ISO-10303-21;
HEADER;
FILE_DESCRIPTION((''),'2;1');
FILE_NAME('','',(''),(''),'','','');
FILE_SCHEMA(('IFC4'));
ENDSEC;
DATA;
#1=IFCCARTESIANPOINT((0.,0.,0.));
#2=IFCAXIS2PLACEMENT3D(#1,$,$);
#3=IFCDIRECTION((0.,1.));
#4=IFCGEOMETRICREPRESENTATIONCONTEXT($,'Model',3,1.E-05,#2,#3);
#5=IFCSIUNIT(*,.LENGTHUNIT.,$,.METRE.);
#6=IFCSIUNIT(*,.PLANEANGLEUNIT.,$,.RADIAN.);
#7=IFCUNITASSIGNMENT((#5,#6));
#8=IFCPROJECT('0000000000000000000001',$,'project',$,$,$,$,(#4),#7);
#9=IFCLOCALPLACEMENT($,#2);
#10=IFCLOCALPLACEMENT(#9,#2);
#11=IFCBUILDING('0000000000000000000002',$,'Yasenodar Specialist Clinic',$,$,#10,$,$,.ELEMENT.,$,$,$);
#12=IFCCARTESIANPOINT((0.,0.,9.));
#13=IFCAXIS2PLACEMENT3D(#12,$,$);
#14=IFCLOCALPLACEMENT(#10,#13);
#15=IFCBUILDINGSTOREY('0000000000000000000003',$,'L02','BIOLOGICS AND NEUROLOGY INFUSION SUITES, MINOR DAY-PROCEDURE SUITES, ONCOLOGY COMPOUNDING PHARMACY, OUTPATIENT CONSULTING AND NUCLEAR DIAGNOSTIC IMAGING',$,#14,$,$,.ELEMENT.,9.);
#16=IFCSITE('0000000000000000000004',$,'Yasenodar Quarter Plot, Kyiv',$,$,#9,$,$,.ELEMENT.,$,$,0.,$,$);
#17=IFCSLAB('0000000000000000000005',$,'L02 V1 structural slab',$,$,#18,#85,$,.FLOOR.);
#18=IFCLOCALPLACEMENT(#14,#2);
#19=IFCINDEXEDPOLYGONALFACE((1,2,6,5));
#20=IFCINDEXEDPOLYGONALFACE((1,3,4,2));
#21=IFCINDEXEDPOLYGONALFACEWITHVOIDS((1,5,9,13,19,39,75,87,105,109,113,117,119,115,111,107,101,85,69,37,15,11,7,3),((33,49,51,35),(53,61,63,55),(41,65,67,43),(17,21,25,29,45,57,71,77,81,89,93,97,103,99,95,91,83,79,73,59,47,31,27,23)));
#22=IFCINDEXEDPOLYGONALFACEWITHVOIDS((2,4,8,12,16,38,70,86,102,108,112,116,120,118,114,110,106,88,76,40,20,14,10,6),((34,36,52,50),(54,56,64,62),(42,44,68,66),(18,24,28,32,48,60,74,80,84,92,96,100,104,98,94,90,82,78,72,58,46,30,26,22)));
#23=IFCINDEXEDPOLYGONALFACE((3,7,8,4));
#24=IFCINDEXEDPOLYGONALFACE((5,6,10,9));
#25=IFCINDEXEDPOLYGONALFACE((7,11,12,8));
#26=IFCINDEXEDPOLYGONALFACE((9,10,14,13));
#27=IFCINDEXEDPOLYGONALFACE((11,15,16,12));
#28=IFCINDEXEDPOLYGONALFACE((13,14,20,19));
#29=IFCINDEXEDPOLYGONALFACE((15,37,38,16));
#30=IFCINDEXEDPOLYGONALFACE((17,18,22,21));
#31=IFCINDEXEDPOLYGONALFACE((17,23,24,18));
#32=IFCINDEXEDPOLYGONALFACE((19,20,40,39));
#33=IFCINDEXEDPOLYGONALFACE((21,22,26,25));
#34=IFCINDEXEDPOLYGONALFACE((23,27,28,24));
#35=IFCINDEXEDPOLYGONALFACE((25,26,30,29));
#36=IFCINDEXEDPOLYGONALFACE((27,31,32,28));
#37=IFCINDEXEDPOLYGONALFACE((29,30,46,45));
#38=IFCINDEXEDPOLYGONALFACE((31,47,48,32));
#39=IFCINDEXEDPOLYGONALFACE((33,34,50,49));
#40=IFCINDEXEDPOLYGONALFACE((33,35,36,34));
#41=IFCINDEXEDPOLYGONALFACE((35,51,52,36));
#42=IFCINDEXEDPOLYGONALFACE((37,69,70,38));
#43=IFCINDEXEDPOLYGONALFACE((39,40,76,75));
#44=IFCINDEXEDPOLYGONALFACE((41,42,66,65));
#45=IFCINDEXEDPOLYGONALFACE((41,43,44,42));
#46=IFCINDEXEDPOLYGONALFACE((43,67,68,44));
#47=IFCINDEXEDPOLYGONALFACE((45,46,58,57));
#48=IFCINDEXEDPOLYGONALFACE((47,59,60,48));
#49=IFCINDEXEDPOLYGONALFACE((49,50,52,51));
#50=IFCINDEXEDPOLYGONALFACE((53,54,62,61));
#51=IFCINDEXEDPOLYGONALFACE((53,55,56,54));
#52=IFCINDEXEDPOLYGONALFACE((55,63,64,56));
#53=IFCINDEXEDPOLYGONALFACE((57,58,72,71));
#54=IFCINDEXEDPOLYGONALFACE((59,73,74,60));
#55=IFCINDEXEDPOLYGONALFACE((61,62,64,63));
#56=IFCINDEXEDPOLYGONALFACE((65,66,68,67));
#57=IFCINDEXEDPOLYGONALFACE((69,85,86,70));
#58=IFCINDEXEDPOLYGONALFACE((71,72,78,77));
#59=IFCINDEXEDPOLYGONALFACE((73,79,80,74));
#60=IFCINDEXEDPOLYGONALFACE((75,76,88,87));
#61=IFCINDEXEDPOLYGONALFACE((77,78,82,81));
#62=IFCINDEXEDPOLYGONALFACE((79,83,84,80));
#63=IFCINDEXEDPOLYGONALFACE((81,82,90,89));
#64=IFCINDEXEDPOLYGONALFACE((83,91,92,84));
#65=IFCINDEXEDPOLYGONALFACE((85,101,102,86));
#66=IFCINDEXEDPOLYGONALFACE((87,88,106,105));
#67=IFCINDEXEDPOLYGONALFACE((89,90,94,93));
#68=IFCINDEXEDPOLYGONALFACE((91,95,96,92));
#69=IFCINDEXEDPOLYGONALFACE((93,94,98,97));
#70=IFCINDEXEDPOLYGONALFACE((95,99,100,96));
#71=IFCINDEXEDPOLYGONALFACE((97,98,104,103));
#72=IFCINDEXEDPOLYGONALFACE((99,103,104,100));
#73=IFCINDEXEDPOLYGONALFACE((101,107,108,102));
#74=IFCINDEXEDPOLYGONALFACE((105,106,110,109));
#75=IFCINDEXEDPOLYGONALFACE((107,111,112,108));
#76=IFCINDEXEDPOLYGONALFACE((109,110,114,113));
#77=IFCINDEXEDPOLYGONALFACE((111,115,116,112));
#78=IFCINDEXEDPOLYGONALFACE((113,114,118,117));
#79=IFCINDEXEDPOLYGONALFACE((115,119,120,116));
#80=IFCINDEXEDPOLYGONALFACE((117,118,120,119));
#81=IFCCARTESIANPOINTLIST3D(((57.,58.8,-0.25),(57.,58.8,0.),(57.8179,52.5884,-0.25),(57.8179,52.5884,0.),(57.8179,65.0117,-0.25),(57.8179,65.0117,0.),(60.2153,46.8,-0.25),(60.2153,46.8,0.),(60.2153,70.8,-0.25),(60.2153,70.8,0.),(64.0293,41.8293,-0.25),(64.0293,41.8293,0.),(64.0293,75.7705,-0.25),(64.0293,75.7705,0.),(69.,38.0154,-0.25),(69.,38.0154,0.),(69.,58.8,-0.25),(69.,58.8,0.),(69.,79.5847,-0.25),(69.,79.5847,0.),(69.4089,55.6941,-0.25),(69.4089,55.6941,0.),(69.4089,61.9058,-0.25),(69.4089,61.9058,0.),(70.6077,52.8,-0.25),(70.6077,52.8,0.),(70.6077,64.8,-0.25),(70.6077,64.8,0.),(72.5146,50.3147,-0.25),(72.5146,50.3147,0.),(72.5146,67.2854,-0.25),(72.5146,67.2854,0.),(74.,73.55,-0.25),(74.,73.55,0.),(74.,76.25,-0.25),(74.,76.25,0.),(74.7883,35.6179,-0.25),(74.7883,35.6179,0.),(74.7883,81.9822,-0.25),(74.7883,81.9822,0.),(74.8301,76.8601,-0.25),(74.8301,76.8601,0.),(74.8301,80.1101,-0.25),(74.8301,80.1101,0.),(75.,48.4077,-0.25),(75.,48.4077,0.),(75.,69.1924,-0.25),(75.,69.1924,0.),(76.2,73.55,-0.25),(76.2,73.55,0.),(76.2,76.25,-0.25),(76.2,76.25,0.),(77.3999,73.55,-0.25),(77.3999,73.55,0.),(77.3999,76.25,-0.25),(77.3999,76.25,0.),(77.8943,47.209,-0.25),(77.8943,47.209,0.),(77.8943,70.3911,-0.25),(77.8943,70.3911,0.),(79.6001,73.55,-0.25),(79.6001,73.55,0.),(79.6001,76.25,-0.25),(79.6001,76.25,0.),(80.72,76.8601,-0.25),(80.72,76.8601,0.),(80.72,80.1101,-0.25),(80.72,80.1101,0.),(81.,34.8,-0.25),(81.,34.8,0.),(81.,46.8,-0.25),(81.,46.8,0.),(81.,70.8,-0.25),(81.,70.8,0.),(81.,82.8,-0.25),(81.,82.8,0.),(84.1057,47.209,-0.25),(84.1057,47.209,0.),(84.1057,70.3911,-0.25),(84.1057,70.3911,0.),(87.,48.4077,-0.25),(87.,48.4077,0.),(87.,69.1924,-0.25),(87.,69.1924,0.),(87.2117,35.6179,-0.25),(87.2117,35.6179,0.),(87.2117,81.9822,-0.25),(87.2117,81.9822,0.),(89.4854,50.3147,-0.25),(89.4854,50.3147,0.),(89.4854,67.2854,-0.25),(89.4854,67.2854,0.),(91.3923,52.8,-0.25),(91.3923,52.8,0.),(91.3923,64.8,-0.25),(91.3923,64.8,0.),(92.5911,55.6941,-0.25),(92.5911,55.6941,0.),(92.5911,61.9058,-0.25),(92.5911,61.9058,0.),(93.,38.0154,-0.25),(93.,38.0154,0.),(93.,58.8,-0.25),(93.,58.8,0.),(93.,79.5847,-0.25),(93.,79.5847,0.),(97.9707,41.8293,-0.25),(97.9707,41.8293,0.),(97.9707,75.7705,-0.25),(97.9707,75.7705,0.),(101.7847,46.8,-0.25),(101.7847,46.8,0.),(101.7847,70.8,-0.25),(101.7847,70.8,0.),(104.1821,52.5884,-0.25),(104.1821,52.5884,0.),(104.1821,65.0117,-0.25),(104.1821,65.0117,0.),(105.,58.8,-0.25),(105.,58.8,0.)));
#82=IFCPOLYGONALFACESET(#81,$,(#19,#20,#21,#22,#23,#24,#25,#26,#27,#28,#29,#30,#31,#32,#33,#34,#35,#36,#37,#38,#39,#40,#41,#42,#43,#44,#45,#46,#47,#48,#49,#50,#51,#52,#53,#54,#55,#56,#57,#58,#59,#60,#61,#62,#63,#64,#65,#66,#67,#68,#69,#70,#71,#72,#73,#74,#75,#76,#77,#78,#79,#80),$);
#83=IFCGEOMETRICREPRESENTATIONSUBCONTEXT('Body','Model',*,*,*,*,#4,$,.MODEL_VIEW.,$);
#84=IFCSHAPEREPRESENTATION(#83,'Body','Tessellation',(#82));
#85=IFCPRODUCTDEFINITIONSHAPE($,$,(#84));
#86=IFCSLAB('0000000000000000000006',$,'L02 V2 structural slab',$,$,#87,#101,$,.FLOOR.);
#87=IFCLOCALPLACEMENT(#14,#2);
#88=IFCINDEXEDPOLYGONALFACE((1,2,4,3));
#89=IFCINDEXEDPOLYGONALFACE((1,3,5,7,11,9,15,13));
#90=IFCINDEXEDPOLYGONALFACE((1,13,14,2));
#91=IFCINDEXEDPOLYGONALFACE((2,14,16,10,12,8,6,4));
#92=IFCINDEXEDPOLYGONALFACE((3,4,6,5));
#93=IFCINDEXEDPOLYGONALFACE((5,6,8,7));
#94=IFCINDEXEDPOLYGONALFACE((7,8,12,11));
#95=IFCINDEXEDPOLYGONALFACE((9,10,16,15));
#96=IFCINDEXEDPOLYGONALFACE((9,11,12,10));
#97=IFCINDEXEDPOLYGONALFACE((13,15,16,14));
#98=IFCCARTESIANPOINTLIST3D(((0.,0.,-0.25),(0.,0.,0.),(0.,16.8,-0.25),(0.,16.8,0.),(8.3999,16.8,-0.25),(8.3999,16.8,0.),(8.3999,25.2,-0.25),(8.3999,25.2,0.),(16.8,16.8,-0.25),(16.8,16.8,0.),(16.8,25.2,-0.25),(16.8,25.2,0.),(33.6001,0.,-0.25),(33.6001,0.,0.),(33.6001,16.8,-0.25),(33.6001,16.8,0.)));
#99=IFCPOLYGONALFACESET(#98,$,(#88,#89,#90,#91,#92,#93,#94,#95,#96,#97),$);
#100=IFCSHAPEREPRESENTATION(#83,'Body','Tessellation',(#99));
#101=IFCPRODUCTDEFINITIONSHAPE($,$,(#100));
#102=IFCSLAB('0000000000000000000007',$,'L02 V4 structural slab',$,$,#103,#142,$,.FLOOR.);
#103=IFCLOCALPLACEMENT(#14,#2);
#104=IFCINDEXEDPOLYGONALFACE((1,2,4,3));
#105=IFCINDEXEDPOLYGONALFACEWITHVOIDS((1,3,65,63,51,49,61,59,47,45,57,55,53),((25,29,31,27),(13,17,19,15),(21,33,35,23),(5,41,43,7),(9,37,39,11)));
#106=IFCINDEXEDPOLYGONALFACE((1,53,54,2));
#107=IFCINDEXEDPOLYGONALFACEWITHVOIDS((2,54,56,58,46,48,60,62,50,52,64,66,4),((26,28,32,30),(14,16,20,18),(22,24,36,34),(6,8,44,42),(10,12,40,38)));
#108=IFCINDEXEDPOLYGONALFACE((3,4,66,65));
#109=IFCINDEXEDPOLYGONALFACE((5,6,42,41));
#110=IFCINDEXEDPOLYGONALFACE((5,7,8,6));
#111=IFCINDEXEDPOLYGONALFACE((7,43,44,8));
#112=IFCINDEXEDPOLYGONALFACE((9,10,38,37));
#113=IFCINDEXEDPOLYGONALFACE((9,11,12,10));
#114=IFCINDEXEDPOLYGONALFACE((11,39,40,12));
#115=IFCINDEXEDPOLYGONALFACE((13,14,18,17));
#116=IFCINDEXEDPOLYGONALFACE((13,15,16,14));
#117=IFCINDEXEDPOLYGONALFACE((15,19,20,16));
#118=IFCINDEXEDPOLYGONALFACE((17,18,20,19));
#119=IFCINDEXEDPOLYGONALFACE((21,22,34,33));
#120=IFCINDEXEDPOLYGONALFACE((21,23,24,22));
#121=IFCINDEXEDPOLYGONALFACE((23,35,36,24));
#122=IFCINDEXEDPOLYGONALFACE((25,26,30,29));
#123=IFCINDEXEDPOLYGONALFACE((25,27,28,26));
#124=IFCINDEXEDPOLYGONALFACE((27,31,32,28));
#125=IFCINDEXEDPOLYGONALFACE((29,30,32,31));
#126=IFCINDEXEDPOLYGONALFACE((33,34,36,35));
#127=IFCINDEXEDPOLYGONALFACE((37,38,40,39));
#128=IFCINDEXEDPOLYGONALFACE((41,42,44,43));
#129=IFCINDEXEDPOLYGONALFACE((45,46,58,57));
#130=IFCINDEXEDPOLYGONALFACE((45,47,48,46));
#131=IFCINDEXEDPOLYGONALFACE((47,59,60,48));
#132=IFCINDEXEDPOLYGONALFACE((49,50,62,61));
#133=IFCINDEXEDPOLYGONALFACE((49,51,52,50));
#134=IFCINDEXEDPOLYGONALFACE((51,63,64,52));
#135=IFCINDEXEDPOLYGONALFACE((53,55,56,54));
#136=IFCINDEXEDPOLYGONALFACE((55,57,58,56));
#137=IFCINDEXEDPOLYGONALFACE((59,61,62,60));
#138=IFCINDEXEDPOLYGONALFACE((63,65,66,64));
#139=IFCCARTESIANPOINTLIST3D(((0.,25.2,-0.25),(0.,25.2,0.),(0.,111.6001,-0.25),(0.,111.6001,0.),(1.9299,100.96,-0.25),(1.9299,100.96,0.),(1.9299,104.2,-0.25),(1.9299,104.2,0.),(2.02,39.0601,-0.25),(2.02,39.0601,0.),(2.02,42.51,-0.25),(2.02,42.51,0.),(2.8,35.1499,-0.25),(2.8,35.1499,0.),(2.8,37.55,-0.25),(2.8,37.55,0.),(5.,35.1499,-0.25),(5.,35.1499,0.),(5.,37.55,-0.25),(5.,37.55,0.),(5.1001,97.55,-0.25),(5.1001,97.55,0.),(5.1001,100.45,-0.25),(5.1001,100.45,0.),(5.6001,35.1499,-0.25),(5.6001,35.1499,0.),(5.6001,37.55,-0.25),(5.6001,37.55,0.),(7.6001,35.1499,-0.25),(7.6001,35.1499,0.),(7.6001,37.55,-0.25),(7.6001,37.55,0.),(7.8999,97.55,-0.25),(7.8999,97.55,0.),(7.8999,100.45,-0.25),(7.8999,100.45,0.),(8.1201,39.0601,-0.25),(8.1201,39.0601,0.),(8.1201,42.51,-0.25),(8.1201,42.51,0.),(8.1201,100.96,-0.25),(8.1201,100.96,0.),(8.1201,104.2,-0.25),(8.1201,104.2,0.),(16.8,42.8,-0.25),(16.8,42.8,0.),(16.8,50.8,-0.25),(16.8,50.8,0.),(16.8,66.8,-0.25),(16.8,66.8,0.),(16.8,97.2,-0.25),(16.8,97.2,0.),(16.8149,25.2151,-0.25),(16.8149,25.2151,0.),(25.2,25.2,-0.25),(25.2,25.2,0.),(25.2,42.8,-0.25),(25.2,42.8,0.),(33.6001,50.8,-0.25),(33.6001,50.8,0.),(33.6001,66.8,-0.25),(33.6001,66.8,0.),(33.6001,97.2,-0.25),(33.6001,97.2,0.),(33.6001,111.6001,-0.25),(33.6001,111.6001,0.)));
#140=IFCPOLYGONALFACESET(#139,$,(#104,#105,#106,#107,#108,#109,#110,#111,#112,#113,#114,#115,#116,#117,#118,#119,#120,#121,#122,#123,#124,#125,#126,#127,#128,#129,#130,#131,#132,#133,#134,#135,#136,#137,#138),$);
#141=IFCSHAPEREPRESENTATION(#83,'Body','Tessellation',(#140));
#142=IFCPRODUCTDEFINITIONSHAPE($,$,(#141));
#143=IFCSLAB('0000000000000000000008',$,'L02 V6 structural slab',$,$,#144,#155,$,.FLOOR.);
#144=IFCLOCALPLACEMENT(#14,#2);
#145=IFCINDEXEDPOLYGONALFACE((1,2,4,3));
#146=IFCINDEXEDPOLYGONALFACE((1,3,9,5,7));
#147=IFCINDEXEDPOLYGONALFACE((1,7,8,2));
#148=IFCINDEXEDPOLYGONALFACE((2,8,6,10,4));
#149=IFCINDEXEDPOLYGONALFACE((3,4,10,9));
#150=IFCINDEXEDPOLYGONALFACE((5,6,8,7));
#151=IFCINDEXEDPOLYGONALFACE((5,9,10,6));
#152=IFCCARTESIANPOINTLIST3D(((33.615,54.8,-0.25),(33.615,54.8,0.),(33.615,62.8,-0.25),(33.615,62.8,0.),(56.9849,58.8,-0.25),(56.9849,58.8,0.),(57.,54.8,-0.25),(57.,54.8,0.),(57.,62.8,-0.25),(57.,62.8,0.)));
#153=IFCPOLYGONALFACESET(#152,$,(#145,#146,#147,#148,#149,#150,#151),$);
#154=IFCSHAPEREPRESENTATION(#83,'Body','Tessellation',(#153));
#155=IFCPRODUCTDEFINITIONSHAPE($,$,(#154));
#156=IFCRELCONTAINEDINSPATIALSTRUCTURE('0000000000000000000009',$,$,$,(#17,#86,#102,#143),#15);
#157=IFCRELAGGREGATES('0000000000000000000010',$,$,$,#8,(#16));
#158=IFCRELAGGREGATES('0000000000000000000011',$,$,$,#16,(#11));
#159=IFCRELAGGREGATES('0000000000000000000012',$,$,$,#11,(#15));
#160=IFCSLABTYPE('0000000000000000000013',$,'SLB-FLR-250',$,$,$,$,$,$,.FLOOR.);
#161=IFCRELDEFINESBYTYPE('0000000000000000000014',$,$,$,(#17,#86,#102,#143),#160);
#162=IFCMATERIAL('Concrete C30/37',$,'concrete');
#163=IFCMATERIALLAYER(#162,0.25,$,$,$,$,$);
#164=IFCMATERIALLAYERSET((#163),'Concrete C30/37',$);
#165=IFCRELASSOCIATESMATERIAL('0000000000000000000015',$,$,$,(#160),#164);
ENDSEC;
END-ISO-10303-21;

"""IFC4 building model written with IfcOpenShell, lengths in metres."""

from ifc_helpers import new_model, si_unit, direction, frame, origin, place, context, subcontext, project, spatial, polyline, outline, extrude, material, layer, layer_set, type_object, element, save


model = new_model("IFC4")

# Units and contexts
model_context = context("Model", 3, precision=1e-05, world=origin(), true_north=direction((0.0, 1.0)))
body_context = subcontext(model_context, "Body", "Model", "MODEL_VIEW")
ifc_project = project(units=[si_unit("LENGTHUNIT", "METRE"), si_unit("PLANEANGLEUNIT", "RADIAN")], contexts=[model_context])

# Site, building, storey
site_placement = place(None, origin())
site = spatial("IfcSite", under=ifc_project, at=site_placement, Name="Yasenodar Quarter Plot, Kyiv", CompositionType="ELEMENT", RefElevation=0.0)
building_placement = place(site_placement, origin())
building = spatial("IfcBuilding", under=site, at=building_placement, Name="Yasenodar Specialist Clinic", CompositionType="ELEMENT")
storey_placement = place(building_placement, frame((0.0, 0.0, 9.0)))
storey = spatial("IfcBuildingStorey", under=building, at=storey_placement, Name="L02", Description="BIOLOGICS AND NEUROLOGY INFUSION SUITES, MINOR DAY-PROCEDURE SUITES, ONCOLOGY COMPOUNDING PHARMACY, OUTPATIENT CONSULTING AND NUCLEAR DIAGNOSTIC IMAGING", CompositionType="ELEMENT", Elevation=9.0)

# Slabs
ifc_material_1 = material(Name="Concrete C30/37", Category="concrete")
ifc_layer_1 = layer(ifc_material_1, 0.25)
ifc_layer_set_1 = layer_set([ifc_layer_1], Name="Concrete C30/37")
slab_type_1 = type_object("IfcSlabType", Name="SLB-FLR-250", PredefinedType="FLOOR", material=ifc_layer_set_1)
slab_1_placement = place(storey_placement, frame((0.0, 0.0, -0.25)))
element("IfcSlab", 1, at=slab_1_placement, inside=storey, type_object=slab_type_1, Name="L02 V1 structural slab", PredefinedType="FLOOR", context=body_context, shape_type="SweptSolid", body=[
    extrude(outline(polyline([(105.0, 58.8), (104.1821, 65.0117), (101.7847, 70.8), (97.9707, 75.7705), (93.0, 79.5847), (87.2117, 81.9822), (81.0, 82.8), (74.7883, 81.9822), (69.0, 79.5847), (64.0293, 75.7705), (60.2153, 70.8), (57.8179, 65.0117), (57.0, 58.8), (57.8179, 52.5884), (60.2153, 46.8), (64.0293, 41.8293), (69.0, 38.0154), (74.7883, 35.6179), (81.0, 34.8), (87.2117, 35.6179), (93.0, 38.0154), (97.9707, 41.8293), (101.7847, 46.8), (104.1821, 52.5884), (105.0, 58.8)]), holes=[polyline([(74.8301, 76.8601), (80.72, 76.8601), (80.72, 80.1101), (74.8301, 80.1101), (74.8301, 76.8601)]), polyline([(74.0, 73.55), (76.2, 73.55), (76.2, 76.25), (74.0, 76.25), (74.0, 73.55)]), polyline([(77.3999, 73.55), (79.6001, 73.55), (79.6001, 76.25), (77.3999, 76.25), (77.3999, 73.55)]), polyline([(93.0, 58.8), (92.5911, 61.9058), (91.3923, 64.8), (89.4854, 67.2854), (87.0, 69.1924), (84.1057, 70.3911), (81.0, 70.8), (77.8943, 70.3911), (75.0, 69.1924), (72.5146, 67.2854), (70.6077, 64.8), (69.4089, 61.9058), (69.0, 58.8), (69.4089, 55.6941), (70.6077, 52.8), (72.5146, 50.3147), (75.0, 48.4077), (77.8943, 47.209), (81.0, 46.8), (84.1057, 47.209), (87.0, 48.4077), (89.4854, 50.3147), (91.3923, 52.8), (92.5911, 55.6941), (93.0, 58.8)])]), origin(), (0.0, 0.0, 1.0), 0.25),
])
slab_2_placement = place(storey_placement, frame((0.0, 0.0, -0.25)))
element("IfcSlab", 2, at=slab_2_placement, inside=storey, type_object=slab_type_1, Name="L02 V2 structural slab", PredefinedType="FLOOR", context=body_context, shape_type="SweptSolid", body=[
    extrude(outline(polyline([(0.0, 16.8), (8.3999, 16.8), (8.3999, 25.2), (16.8, 25.2), (16.8, 16.8), (33.6001, 16.8), (33.6001, 0.0), (0.0, 0.0), (0.0, 16.8)])), origin(), (0.0, 0.0, 1.0), 0.25),
])
slab_3_placement = place(storey_placement, frame((0.0, 0.0, -0.25)))
element("IfcSlab", 3, at=slab_3_placement, inside=storey, type_object=slab_type_1, Name="L02 V4 structural slab", PredefinedType="FLOOR", context=body_context, shape_type="SweptSolid", body=[
    extrude(outline(polyline([(0.0, 25.2), (0.0, 111.6001), (33.6001, 111.6001), (33.6001, 97.2), (16.8, 97.2), (16.8, 66.8), (33.6001, 66.8), (33.6001, 50.8), (16.8, 50.8), (16.8, 42.8), (25.2, 42.8), (25.2, 25.2), (16.8149, 25.2151), (0.0, 25.2)]), holes=[polyline([(8.1201, 39.0601), (8.1201, 42.51), (2.02, 42.51), (2.02, 39.0601), (8.1201, 39.0601)]), polyline([(8.1201, 100.96), (8.1201, 104.2), (1.9299, 104.2), (1.9299, 100.96), (8.1201, 100.96)]), polyline([(7.6001, 35.1499), (7.6001, 37.55), (5.6001, 37.55), (5.6001, 35.1499), (7.6001, 35.1499)]), polyline([(5.0, 35.1499), (5.0, 37.55), (2.8, 37.55), (2.8, 35.1499), (5.0, 35.1499)]), polyline([(7.8999, 97.55), (7.8999, 100.45), (5.1001, 100.45), (5.1001, 97.55), (7.8999, 97.55)])]), origin(), (0.0, 0.0, 1.0), 0.25),
])
slab_4_placement = place(storey_placement, frame((0.0, 0.0, -0.25)))
element("IfcSlab", 4, at=slab_4_placement, inside=storey, type_object=slab_type_1, Name="L02 V6 structural slab", PredefinedType="FLOOR", context=body_context, shape_type="SweptSolid", body=[
    extrude(outline(polyline([(57.0, 54.8), (33.615, 54.8), (33.615, 62.8), (57.0, 62.8), (56.9849, 58.8), (57.0, 54.8)])), origin(), (0.0, 0.0, 1.0), 0.25),
])

save(model, "model.ifc")
